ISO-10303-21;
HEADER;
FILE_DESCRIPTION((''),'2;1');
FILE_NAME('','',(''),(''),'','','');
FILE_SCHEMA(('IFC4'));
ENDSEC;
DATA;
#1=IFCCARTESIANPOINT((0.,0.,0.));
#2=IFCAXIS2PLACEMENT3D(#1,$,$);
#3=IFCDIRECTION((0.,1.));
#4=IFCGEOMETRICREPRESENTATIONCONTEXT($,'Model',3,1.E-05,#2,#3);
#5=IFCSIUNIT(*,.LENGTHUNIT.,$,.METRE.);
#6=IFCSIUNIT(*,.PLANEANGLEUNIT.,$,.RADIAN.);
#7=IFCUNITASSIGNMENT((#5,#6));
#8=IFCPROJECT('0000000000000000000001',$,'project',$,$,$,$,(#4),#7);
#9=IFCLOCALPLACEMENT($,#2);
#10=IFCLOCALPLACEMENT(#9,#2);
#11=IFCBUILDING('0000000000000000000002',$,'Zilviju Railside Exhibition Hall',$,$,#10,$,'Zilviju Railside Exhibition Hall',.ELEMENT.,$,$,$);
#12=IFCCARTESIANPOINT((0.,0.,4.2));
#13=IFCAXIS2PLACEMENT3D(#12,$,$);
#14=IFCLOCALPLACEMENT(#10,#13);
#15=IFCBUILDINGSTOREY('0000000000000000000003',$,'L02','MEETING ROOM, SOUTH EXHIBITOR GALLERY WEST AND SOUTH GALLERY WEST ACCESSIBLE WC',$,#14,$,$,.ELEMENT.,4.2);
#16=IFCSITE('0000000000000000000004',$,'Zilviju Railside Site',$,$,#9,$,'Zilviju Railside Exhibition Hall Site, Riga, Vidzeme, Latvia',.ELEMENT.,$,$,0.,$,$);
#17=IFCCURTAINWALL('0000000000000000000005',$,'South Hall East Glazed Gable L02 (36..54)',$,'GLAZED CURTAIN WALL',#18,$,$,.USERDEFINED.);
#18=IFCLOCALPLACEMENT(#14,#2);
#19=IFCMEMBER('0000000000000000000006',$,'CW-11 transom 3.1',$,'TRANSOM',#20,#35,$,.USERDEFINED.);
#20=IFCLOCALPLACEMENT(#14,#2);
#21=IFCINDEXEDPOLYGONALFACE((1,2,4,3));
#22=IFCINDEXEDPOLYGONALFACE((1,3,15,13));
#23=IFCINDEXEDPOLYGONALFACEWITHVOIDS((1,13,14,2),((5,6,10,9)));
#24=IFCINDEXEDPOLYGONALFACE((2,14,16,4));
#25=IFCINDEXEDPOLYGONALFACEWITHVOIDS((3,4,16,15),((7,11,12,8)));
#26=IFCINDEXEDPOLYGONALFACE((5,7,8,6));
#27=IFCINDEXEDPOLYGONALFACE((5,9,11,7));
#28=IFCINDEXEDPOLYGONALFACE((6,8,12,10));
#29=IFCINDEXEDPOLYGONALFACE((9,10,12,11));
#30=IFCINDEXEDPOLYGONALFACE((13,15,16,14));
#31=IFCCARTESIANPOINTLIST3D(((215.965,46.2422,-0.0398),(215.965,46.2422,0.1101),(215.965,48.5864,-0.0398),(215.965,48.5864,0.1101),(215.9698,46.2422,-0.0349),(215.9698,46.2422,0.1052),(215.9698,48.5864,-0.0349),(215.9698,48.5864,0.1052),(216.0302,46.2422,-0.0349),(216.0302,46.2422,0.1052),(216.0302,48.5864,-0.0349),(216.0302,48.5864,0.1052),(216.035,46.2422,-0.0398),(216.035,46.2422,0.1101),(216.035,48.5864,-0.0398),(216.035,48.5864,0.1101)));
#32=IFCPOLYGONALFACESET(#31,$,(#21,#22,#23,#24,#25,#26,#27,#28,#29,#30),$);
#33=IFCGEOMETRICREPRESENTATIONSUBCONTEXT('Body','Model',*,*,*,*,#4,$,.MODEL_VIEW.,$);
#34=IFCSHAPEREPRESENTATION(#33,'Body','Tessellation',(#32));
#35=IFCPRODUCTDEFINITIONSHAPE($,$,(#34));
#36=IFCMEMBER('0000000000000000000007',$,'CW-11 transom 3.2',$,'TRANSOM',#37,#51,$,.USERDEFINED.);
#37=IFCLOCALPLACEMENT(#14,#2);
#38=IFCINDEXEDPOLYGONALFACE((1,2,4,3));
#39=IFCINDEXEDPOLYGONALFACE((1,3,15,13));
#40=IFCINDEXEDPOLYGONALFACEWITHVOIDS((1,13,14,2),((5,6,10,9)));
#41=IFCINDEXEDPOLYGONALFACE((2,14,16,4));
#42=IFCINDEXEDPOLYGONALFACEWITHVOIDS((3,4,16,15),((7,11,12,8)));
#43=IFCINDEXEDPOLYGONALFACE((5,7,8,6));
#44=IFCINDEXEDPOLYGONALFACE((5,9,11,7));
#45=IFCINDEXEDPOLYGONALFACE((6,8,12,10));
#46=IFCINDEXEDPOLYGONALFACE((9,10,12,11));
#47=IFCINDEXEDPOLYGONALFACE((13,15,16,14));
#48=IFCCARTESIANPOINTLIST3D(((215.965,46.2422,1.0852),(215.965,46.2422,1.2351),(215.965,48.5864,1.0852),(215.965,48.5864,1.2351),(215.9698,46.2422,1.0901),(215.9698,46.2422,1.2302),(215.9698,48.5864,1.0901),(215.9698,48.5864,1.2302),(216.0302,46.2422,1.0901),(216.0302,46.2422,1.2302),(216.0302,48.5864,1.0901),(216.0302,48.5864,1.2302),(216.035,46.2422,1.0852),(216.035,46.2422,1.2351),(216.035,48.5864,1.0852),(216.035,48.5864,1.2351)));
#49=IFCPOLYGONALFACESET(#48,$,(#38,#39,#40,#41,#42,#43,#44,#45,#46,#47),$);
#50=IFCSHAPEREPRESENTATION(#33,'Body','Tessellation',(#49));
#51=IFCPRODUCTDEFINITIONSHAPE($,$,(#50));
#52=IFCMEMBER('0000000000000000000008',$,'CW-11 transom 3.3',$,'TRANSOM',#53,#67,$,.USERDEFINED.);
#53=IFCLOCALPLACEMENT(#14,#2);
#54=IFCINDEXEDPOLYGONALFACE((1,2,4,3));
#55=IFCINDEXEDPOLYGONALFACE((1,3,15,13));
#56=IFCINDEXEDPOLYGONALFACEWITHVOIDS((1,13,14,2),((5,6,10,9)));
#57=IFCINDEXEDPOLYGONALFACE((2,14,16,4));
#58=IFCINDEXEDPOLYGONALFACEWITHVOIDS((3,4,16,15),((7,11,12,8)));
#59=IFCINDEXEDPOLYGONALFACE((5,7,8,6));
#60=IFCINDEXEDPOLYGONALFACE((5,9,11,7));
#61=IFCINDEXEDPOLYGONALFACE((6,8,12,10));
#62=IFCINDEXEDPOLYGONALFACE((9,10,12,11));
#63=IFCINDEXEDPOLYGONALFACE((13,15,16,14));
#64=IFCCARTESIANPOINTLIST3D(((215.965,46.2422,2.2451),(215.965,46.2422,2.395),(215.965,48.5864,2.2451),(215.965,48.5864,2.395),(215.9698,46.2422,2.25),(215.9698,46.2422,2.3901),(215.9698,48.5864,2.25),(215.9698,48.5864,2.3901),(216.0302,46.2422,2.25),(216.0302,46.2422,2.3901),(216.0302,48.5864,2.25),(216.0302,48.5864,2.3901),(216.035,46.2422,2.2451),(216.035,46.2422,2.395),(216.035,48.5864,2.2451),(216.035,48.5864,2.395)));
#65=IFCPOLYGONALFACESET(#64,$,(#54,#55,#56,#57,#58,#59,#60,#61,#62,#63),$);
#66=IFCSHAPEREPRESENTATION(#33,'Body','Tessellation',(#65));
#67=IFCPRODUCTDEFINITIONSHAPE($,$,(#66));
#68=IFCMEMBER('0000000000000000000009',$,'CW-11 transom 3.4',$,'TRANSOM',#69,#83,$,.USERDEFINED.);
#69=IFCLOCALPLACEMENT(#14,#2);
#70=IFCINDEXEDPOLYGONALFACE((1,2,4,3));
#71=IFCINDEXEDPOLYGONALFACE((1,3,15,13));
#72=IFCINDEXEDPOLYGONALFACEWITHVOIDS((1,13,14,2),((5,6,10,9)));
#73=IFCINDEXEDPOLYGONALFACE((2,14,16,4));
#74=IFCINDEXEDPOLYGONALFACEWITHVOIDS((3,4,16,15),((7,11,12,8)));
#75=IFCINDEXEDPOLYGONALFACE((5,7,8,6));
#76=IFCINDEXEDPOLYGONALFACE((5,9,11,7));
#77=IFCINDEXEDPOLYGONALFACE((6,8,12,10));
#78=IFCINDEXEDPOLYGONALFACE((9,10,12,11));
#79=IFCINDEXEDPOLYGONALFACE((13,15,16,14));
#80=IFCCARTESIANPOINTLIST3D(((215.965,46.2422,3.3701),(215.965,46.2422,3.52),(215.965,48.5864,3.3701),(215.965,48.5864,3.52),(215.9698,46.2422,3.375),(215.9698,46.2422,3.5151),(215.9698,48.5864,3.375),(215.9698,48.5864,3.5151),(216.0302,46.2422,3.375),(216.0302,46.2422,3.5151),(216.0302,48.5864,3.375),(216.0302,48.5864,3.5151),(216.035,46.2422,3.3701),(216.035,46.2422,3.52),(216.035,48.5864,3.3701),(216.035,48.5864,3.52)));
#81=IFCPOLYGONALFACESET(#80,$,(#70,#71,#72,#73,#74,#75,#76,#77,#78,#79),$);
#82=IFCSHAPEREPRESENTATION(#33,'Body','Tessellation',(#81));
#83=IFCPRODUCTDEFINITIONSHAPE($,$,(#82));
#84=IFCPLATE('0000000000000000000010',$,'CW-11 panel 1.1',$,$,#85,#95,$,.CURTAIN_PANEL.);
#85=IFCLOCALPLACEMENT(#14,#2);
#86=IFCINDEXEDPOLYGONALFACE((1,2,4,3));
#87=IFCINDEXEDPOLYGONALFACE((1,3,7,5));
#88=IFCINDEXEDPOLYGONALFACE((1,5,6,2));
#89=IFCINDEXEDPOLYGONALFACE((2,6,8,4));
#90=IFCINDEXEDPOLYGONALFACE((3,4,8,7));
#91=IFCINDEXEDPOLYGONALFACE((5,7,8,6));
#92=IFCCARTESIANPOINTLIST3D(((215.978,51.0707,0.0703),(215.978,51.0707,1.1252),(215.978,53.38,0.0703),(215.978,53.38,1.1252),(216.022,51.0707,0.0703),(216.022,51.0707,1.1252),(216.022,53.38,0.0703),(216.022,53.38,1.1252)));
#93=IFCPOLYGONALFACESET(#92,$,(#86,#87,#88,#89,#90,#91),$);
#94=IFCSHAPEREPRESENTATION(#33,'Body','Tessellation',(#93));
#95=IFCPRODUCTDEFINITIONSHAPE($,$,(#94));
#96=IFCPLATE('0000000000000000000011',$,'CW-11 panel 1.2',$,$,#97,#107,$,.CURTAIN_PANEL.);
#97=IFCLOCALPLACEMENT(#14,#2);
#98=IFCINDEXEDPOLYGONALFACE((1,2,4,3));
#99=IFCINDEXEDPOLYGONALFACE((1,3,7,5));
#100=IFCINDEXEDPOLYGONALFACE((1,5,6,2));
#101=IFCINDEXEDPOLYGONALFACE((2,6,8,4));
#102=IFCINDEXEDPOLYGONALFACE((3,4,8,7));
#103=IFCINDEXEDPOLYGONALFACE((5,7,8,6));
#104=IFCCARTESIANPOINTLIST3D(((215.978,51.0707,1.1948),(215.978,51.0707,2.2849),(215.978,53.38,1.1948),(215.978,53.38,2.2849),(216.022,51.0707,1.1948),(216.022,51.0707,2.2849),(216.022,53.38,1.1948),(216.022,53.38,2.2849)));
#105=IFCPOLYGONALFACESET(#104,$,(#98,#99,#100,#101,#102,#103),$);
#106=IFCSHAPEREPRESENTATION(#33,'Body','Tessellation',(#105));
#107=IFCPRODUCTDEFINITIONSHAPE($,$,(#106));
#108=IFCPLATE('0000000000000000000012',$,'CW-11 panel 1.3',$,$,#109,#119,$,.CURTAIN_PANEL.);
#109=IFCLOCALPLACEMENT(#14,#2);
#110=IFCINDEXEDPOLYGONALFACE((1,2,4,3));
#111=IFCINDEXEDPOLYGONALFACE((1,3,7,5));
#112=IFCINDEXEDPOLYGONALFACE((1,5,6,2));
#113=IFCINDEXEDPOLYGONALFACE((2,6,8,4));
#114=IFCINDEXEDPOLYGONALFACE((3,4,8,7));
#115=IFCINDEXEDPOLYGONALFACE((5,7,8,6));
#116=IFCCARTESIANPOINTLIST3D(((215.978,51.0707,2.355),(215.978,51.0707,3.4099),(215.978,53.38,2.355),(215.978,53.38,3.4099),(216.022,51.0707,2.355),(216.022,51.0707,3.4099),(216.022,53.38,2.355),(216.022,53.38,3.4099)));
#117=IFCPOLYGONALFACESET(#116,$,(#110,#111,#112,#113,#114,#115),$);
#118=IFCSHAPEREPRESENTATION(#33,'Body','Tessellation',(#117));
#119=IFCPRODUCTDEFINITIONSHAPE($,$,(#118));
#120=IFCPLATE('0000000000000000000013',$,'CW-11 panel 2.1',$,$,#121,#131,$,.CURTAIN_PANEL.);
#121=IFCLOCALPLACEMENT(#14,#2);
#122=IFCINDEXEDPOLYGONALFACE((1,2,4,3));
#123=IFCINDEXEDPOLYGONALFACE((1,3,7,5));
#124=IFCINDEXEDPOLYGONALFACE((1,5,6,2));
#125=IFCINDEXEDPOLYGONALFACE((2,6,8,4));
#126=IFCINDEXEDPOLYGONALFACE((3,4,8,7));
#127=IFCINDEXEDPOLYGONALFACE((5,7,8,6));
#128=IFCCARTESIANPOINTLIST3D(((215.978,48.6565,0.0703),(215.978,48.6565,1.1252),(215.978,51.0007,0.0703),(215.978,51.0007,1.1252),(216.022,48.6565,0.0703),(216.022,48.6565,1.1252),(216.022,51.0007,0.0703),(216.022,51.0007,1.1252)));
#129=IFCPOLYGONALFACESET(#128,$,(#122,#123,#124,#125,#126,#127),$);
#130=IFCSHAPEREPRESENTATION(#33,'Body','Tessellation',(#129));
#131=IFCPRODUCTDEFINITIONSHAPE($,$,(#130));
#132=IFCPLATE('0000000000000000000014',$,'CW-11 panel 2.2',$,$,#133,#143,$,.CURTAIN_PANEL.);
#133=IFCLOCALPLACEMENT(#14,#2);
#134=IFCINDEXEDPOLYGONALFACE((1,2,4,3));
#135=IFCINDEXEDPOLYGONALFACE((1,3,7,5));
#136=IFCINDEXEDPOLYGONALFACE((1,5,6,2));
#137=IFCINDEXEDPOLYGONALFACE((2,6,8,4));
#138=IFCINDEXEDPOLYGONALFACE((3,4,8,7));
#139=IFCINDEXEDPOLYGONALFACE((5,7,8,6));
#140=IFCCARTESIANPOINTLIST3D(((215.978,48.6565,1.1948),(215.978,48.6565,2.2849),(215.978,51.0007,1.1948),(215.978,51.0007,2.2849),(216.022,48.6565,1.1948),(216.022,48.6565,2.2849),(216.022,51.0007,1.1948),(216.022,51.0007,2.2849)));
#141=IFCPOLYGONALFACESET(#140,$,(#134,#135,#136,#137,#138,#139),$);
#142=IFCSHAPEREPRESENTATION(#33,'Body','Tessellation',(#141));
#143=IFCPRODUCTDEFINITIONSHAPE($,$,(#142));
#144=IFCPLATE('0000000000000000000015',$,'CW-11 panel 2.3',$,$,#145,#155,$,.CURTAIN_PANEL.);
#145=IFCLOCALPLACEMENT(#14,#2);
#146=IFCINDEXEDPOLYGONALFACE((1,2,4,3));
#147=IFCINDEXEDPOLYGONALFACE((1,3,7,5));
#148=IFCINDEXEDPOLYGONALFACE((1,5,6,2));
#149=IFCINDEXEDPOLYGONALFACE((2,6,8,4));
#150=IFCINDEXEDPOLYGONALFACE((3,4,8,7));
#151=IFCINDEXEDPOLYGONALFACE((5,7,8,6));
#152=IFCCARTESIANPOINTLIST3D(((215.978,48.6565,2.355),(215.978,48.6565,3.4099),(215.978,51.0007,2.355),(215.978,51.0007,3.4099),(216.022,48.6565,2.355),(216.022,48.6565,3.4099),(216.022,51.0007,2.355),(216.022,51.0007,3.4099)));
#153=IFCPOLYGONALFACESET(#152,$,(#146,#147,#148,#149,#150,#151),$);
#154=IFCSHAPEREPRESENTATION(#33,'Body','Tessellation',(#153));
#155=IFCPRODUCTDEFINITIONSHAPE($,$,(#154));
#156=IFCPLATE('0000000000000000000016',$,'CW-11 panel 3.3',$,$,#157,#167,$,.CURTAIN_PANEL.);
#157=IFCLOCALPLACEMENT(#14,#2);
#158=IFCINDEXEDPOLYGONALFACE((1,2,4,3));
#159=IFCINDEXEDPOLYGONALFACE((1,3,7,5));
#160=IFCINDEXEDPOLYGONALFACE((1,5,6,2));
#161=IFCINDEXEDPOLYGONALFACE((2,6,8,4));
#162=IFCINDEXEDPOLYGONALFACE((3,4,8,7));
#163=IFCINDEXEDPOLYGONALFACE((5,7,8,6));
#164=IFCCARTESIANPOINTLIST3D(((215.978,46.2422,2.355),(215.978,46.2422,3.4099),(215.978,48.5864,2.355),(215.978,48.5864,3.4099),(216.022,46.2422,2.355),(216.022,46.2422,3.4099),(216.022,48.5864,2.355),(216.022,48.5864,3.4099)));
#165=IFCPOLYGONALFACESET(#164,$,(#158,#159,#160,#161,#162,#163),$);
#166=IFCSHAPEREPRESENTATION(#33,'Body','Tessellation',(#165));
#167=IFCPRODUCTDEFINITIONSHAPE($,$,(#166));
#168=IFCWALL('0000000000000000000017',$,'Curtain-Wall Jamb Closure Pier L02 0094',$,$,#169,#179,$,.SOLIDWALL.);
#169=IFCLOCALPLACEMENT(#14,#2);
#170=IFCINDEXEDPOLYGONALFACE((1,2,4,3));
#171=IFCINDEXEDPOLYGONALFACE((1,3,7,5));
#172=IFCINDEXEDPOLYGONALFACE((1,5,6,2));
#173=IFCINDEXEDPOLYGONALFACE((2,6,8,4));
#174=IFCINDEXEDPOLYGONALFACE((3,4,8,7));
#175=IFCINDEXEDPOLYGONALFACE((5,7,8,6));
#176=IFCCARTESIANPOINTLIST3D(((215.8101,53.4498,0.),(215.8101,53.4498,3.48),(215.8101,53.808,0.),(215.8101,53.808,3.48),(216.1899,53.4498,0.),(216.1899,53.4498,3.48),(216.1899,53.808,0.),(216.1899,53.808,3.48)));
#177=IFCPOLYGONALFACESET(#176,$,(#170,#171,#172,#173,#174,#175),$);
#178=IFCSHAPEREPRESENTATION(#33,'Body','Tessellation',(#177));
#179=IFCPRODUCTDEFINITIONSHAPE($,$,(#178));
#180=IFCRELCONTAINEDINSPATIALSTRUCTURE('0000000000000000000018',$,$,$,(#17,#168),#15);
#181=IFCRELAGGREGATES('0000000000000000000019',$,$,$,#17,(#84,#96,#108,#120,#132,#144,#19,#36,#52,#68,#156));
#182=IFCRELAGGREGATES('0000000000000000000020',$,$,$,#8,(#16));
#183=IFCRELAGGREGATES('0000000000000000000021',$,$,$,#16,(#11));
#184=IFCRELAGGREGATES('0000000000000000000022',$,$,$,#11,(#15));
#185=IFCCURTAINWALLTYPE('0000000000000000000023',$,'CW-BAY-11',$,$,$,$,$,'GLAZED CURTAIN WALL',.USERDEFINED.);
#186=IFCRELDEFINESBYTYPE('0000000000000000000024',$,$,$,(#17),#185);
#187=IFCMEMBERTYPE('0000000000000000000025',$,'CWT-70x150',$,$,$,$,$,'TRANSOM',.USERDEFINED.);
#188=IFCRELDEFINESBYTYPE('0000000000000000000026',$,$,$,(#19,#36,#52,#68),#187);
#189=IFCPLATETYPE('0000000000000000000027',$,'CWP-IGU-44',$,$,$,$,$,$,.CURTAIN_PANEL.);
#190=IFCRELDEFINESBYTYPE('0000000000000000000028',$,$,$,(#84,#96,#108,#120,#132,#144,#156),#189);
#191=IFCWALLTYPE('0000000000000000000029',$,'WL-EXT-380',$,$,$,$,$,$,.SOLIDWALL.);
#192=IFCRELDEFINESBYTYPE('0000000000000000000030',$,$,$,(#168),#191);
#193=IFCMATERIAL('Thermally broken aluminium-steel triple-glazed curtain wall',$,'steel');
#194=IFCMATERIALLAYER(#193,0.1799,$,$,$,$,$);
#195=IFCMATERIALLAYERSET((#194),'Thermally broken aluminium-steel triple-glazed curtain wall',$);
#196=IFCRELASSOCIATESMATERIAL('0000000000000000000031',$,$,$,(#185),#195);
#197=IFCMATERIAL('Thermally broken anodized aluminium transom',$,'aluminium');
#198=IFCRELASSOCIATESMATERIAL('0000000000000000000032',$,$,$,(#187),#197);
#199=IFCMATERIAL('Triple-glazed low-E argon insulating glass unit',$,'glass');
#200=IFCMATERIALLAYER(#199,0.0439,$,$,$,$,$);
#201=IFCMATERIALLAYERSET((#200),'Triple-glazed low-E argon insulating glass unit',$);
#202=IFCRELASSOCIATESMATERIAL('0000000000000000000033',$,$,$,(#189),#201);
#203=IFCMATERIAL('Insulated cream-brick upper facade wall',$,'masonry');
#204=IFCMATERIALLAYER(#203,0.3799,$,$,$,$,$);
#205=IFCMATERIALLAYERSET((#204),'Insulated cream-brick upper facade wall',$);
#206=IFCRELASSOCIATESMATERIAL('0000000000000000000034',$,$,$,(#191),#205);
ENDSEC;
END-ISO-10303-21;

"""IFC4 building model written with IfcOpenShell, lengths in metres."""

from ifc_helpers import new_model, si_unit, direction, frame, frame_2d, origin, origin_2d, place, context, subcontext, project, spatial, rectangle, hollow_rectangle, extrude, material, layer, layer_set, material_profile, profile_set, type_object, element, aggregate, save


model = new_model("IFC4")

# Units and contexts
model_context = context("Model", 3, precision=1e-05, world=origin(), true_north=direction((0.0, 1.0)))
body_context = subcontext(model_context, "Body", "Model", "MODEL_VIEW")
ifc_project = project(units=[si_unit("LENGTHUNIT", "METRE"), si_unit("PLANEANGLEUNIT", "RADIAN")], contexts=[model_context])

# Site, building, storey
site_placement = place(None, origin())
site = spatial("IfcSite", under=ifc_project, at=site_placement, Name="Zilviju Railside Site", LongName="Zilviju Railside Exhibition Hall Site, Riga, Vidzeme, Latvia", CompositionType="ELEMENT", RefElevation=0.0)
building_placement = place(site_placement, origin())
building = spatial("IfcBuilding", under=site, at=building_placement, Name="Zilviju Railside Exhibition Hall", LongName="Zilviju Railside Exhibition Hall", CompositionType="ELEMENT")
storey_placement = place(building_placement, frame((0.0, 0.0, 4.2)))
storey = spatial("IfcBuildingStorey", under=building, at=storey_placement, Name="L02", Description="MEETING ROOM, SOUTH EXHIBITOR GALLERY WEST AND SOUTH GALLERY WEST ACCESSIBLE WC", CompositionType="ELEMENT", Elevation=4.2)

# Curtain wall, members, plates
ifc_material_1 = material(Name="Thermally broken aluminium-steel triple-glazed curtain wall", Category="steel")
ifc_layer_1 = layer(ifc_material_1, 0.1799)
ifc_layer_set_1 = layer_set([ifc_layer_1], Name="Thermally broken aluminium-steel triple-glazed curtain wall")
curtain_wall_type = type_object("IfcCurtainWallType", Name="CW-BAY-11", ElementType="GLAZED CURTAIN WALL", PredefinedType="USERDEFINED", material=ifc_layer_set_1)
curtain_wall_placement = place(storey_placement, origin())
curtain_wall = element("IfcCurtainWall", 1, at=curtain_wall_placement, inside=storey, type_object=curtain_wall_type, Name="South Hall East Glazed Gable L02 (36..54)", ObjectType="GLAZED CURTAIN WALL", PredefinedType="USERDEFINED")
ifc_material_2 = material(Name="Thermally broken anodized aluminium transom", Category="aluminium")
ifc_material_profile_1 = material_profile(ifc_material_2, hollow_rectangle(XDim=0.0701, YDim=0.1499, WallThickness=0.0049, at=origin_2d()), Name="TRANSOM 150x70x5")
ifc_profile_set_1 = profile_set([ifc_material_profile_1], Name="Thermally broken anodized aluminium transom")
member_type_1 = type_object("IfcMemberType", Name="CWT-70x150", ElementType="TRANSOM", PredefinedType="USERDEFINED", material=ifc_profile_set_1)
member_1_placement = place(storey_placement, frame((216.0, 48.5864, 0.0352), z_axis=(0.0, -1.0, 0.0), x_axis=(1.0, 0.0, 0.0)))
member_1 = element("IfcMember", 2, at=member_1_placement, type_object=member_type_1, Name="CW-11 transom 3.1", ObjectType="TRANSOM", PredefinedType="USERDEFINED", context=body_context, shape_type="SweptSolid", body=[
    extrude(hollow_rectangle(XDim=0.0701, YDim=0.1499, WallThickness=0.0049, at=origin_2d()), origin(), (0.0, 0.0, 1.0), 2.3442),
])
member_2_placement = place(storey_placement, frame((216.0, 48.5864, 1.1602), z_axis=(0.0, -1.0, 0.0), x_axis=(1.0, 0.0, 0.0)))
member_2 = element("IfcMember", 3, at=member_2_placement, type_object=member_type_1, Name="CW-11 transom 3.2", ObjectType="TRANSOM", PredefinedType="USERDEFINED", context=body_context, shape_type="SweptSolid", body=[
    extrude(hollow_rectangle(XDim=0.0701, YDim=0.1499, WallThickness=0.0049, at=origin_2d()), origin(), (0.0, 0.0, 1.0), 2.3442),
])
member_3_placement = place(storey_placement, frame((216.0, 48.5864, 2.3201), z_axis=(0.0, -1.0, 0.0), x_axis=(1.0, 0.0, 0.0)))
member_3 = element("IfcMember", 4, at=member_3_placement, type_object=member_type_1, Name="CW-11 transom 3.3", ObjectType="TRANSOM", PredefinedType="USERDEFINED", context=body_context, shape_type="SweptSolid", body=[
    extrude(hollow_rectangle(XDim=0.0701, YDim=0.1499, WallThickness=0.0049, at=origin_2d()), origin(), (0.0, 0.0, 1.0), 2.3442),
])
member_4_placement = place(storey_placement, frame((216.0, 48.5864, 3.4451), z_axis=(0.0, -1.0, 0.0), x_axis=(1.0, 0.0, 0.0)))
member_4 = element("IfcMember", 5, at=member_4_placement, type_object=member_type_1, Name="CW-11 transom 3.4", ObjectType="TRANSOM", PredefinedType="USERDEFINED", context=body_context, shape_type="SweptSolid", body=[
    extrude(hollow_rectangle(XDim=0.0701, YDim=0.1499, WallThickness=0.0049, at=origin_2d()), origin(), (0.0, 0.0, 1.0), 2.3442),
])
ifc_material_3 = material(Name="Triple-glazed low-E argon insulating glass unit", Category="glass")
ifc_layer_2 = layer(ifc_material_3, 0.0439)
ifc_layer_set_2 = layer_set([ifc_layer_2], Name="Triple-glazed low-E argon insulating glass unit")
plate_type = type_object("IfcPlateType", Name="CWP-IGU-44", PredefinedType="CURTAIN_PANEL", material=ifc_layer_set_2)
plate_1_placement = place(storey_placement, frame((216.0, 52.2253, 0.0703), z_axis=(0.0, 0.0, 1.0), x_axis=(0.0, -1.0, 0.0)))
plate_1 = element("IfcPlate", 6, at=plate_1_placement, type_object=plate_type, Name="CW-11 panel 1.1", PredefinedType="CURTAIN_PANEL", context=body_context, shape_type="SweptSolid", body=[
    extrude(rectangle(XDim=2.3093, YDim=0.0439, at=origin_2d()), origin(), (0.0, 0.0, 1.0), 1.0549),
])
plate_2_placement = place(storey_placement, frame((216.0, 52.2253, 1.1948), z_axis=(0.0, 0.0, 1.0), x_axis=(0.0, -1.0, 0.0)))
plate_2 = element("IfcPlate", 7, at=plate_2_placement, type_object=plate_type, Name="CW-11 panel 1.2", PredefinedType="CURTAIN_PANEL", context=body_context, shape_type="SweptSolid", body=[
    extrude(rectangle(XDim=2.3093, YDim=0.0439, at=origin_2d()), origin(), (0.0, 0.0, 1.0), 1.0901),
])
plate_3_placement = place(storey_placement, frame((216.0, 52.2253, 2.355), z_axis=(0.0, 0.0, 1.0), x_axis=(0.0, -1.0, 0.0)))
plate_3 = element("IfcPlate", 8, at=plate_3_placement, type_object=plate_type, Name="CW-11 panel 1.3", PredefinedType="CURTAIN_PANEL", context=body_context, shape_type="SweptSolid", body=[
    extrude(rectangle(XDim=2.3093, YDim=0.0439, at=origin_2d()), origin(), (0.0, 0.0, 1.0), 1.0549),
])
plate_4_placement = place(storey_placement, frame((216.0, 49.8286, 0.0703), z_axis=(0.0, 0.0, 1.0), x_axis=(0.0, -1.0, 0.0)))
plate_4 = element("IfcPlate", 9, at=plate_4_placement, type_object=plate_type, Name="CW-11 panel 2.1", PredefinedType="CURTAIN_PANEL", context=body_context, shape_type="SweptSolid", body=[
    extrude(rectangle(XDim=2.3442, YDim=0.0439, at=origin_2d()), origin(), (0.0, 0.0, 1.0), 1.0549),
])
plate_5_placement = place(storey_placement, frame((216.0, 49.8286, 1.1948), z_axis=(0.0, 0.0, 1.0), x_axis=(0.0, -1.0, 0.0)))
plate_5 = element("IfcPlate", 10, at=plate_5_placement, type_object=plate_type, Name="CW-11 panel 2.2", PredefinedType="CURTAIN_PANEL", context=body_context, shape_type="SweptSolid", body=[
    extrude(rectangle(XDim=2.3442, YDim=0.0439, at=origin_2d()), origin(), (0.0, 0.0, 1.0), 1.0901),
])
plate_6_placement = place(storey_placement, frame((216.0, 49.8286, 2.355), z_axis=(0.0, 0.0, 1.0), x_axis=(0.0, -1.0, 0.0)))
plate_6 = element("IfcPlate", 11, at=plate_6_placement, type_object=plate_type, Name="CW-11 panel 2.3", PredefinedType="CURTAIN_PANEL", context=body_context, shape_type="SweptSolid", body=[
    extrude(rectangle(XDim=2.3442, YDim=0.0439, at=origin_2d()), origin(), (0.0, 0.0, 1.0), 1.0549),
])
plate_7_placement = place(storey_placement, frame((216.0, 47.4143, 2.355), z_axis=(0.0, 0.0, 1.0), x_axis=(0.0, -1.0, 0.0)))
plate_7 = element("IfcPlate", 12, at=plate_7_placement, type_object=plate_type, Name="CW-11 panel 3.3", PredefinedType="CURTAIN_PANEL", context=body_context, shape_type="SweptSolid", body=[
    extrude(rectangle(XDim=2.3442, YDim=0.0439, at=origin_2d()), origin(), (0.0, 0.0, 1.0), 1.0549),
])
aggregate(curtain_wall, [plate_1, plate_2, plate_3, plate_4, plate_5, plate_6, member_1, member_2, member_3, member_4, plate_7])

# Wall
ifc_material_4 = material(Name="Insulated cream-brick upper facade wall", Category="masonry")
ifc_layer_3 = layer(ifc_material_4, 0.3799)
ifc_layer_set_3 = layer_set([ifc_layer_3], Name="Insulated cream-brick upper facade wall")
wall_type = type_object("IfcWallType", Name="WL-EXT-380", PredefinedType="SOLIDWALL", material=ifc_layer_set_3)
wall_placement = place(storey_placement, frame((216.0, 53.8081, 0.0), z_axis=(0.0, 0.0, 1.0), x_axis=(0.0, -1.0, 0.0)))
element("IfcWall", 13, at=wall_placement, inside=storey, type_object=wall_type, Name="Curtain-Wall Jamb Closure Pier L02 0094", PredefinedType="SOLIDWALL", context=body_context, shape_type="SweptSolid", body=[
    extrude(rectangle(XDim=0.3582, YDim=0.3799, at=frame_2d((0.1792, 0.0))), origin(), (0.0, 0.0, 1.0), 3.48),
])

save(model, "model.ifc")
